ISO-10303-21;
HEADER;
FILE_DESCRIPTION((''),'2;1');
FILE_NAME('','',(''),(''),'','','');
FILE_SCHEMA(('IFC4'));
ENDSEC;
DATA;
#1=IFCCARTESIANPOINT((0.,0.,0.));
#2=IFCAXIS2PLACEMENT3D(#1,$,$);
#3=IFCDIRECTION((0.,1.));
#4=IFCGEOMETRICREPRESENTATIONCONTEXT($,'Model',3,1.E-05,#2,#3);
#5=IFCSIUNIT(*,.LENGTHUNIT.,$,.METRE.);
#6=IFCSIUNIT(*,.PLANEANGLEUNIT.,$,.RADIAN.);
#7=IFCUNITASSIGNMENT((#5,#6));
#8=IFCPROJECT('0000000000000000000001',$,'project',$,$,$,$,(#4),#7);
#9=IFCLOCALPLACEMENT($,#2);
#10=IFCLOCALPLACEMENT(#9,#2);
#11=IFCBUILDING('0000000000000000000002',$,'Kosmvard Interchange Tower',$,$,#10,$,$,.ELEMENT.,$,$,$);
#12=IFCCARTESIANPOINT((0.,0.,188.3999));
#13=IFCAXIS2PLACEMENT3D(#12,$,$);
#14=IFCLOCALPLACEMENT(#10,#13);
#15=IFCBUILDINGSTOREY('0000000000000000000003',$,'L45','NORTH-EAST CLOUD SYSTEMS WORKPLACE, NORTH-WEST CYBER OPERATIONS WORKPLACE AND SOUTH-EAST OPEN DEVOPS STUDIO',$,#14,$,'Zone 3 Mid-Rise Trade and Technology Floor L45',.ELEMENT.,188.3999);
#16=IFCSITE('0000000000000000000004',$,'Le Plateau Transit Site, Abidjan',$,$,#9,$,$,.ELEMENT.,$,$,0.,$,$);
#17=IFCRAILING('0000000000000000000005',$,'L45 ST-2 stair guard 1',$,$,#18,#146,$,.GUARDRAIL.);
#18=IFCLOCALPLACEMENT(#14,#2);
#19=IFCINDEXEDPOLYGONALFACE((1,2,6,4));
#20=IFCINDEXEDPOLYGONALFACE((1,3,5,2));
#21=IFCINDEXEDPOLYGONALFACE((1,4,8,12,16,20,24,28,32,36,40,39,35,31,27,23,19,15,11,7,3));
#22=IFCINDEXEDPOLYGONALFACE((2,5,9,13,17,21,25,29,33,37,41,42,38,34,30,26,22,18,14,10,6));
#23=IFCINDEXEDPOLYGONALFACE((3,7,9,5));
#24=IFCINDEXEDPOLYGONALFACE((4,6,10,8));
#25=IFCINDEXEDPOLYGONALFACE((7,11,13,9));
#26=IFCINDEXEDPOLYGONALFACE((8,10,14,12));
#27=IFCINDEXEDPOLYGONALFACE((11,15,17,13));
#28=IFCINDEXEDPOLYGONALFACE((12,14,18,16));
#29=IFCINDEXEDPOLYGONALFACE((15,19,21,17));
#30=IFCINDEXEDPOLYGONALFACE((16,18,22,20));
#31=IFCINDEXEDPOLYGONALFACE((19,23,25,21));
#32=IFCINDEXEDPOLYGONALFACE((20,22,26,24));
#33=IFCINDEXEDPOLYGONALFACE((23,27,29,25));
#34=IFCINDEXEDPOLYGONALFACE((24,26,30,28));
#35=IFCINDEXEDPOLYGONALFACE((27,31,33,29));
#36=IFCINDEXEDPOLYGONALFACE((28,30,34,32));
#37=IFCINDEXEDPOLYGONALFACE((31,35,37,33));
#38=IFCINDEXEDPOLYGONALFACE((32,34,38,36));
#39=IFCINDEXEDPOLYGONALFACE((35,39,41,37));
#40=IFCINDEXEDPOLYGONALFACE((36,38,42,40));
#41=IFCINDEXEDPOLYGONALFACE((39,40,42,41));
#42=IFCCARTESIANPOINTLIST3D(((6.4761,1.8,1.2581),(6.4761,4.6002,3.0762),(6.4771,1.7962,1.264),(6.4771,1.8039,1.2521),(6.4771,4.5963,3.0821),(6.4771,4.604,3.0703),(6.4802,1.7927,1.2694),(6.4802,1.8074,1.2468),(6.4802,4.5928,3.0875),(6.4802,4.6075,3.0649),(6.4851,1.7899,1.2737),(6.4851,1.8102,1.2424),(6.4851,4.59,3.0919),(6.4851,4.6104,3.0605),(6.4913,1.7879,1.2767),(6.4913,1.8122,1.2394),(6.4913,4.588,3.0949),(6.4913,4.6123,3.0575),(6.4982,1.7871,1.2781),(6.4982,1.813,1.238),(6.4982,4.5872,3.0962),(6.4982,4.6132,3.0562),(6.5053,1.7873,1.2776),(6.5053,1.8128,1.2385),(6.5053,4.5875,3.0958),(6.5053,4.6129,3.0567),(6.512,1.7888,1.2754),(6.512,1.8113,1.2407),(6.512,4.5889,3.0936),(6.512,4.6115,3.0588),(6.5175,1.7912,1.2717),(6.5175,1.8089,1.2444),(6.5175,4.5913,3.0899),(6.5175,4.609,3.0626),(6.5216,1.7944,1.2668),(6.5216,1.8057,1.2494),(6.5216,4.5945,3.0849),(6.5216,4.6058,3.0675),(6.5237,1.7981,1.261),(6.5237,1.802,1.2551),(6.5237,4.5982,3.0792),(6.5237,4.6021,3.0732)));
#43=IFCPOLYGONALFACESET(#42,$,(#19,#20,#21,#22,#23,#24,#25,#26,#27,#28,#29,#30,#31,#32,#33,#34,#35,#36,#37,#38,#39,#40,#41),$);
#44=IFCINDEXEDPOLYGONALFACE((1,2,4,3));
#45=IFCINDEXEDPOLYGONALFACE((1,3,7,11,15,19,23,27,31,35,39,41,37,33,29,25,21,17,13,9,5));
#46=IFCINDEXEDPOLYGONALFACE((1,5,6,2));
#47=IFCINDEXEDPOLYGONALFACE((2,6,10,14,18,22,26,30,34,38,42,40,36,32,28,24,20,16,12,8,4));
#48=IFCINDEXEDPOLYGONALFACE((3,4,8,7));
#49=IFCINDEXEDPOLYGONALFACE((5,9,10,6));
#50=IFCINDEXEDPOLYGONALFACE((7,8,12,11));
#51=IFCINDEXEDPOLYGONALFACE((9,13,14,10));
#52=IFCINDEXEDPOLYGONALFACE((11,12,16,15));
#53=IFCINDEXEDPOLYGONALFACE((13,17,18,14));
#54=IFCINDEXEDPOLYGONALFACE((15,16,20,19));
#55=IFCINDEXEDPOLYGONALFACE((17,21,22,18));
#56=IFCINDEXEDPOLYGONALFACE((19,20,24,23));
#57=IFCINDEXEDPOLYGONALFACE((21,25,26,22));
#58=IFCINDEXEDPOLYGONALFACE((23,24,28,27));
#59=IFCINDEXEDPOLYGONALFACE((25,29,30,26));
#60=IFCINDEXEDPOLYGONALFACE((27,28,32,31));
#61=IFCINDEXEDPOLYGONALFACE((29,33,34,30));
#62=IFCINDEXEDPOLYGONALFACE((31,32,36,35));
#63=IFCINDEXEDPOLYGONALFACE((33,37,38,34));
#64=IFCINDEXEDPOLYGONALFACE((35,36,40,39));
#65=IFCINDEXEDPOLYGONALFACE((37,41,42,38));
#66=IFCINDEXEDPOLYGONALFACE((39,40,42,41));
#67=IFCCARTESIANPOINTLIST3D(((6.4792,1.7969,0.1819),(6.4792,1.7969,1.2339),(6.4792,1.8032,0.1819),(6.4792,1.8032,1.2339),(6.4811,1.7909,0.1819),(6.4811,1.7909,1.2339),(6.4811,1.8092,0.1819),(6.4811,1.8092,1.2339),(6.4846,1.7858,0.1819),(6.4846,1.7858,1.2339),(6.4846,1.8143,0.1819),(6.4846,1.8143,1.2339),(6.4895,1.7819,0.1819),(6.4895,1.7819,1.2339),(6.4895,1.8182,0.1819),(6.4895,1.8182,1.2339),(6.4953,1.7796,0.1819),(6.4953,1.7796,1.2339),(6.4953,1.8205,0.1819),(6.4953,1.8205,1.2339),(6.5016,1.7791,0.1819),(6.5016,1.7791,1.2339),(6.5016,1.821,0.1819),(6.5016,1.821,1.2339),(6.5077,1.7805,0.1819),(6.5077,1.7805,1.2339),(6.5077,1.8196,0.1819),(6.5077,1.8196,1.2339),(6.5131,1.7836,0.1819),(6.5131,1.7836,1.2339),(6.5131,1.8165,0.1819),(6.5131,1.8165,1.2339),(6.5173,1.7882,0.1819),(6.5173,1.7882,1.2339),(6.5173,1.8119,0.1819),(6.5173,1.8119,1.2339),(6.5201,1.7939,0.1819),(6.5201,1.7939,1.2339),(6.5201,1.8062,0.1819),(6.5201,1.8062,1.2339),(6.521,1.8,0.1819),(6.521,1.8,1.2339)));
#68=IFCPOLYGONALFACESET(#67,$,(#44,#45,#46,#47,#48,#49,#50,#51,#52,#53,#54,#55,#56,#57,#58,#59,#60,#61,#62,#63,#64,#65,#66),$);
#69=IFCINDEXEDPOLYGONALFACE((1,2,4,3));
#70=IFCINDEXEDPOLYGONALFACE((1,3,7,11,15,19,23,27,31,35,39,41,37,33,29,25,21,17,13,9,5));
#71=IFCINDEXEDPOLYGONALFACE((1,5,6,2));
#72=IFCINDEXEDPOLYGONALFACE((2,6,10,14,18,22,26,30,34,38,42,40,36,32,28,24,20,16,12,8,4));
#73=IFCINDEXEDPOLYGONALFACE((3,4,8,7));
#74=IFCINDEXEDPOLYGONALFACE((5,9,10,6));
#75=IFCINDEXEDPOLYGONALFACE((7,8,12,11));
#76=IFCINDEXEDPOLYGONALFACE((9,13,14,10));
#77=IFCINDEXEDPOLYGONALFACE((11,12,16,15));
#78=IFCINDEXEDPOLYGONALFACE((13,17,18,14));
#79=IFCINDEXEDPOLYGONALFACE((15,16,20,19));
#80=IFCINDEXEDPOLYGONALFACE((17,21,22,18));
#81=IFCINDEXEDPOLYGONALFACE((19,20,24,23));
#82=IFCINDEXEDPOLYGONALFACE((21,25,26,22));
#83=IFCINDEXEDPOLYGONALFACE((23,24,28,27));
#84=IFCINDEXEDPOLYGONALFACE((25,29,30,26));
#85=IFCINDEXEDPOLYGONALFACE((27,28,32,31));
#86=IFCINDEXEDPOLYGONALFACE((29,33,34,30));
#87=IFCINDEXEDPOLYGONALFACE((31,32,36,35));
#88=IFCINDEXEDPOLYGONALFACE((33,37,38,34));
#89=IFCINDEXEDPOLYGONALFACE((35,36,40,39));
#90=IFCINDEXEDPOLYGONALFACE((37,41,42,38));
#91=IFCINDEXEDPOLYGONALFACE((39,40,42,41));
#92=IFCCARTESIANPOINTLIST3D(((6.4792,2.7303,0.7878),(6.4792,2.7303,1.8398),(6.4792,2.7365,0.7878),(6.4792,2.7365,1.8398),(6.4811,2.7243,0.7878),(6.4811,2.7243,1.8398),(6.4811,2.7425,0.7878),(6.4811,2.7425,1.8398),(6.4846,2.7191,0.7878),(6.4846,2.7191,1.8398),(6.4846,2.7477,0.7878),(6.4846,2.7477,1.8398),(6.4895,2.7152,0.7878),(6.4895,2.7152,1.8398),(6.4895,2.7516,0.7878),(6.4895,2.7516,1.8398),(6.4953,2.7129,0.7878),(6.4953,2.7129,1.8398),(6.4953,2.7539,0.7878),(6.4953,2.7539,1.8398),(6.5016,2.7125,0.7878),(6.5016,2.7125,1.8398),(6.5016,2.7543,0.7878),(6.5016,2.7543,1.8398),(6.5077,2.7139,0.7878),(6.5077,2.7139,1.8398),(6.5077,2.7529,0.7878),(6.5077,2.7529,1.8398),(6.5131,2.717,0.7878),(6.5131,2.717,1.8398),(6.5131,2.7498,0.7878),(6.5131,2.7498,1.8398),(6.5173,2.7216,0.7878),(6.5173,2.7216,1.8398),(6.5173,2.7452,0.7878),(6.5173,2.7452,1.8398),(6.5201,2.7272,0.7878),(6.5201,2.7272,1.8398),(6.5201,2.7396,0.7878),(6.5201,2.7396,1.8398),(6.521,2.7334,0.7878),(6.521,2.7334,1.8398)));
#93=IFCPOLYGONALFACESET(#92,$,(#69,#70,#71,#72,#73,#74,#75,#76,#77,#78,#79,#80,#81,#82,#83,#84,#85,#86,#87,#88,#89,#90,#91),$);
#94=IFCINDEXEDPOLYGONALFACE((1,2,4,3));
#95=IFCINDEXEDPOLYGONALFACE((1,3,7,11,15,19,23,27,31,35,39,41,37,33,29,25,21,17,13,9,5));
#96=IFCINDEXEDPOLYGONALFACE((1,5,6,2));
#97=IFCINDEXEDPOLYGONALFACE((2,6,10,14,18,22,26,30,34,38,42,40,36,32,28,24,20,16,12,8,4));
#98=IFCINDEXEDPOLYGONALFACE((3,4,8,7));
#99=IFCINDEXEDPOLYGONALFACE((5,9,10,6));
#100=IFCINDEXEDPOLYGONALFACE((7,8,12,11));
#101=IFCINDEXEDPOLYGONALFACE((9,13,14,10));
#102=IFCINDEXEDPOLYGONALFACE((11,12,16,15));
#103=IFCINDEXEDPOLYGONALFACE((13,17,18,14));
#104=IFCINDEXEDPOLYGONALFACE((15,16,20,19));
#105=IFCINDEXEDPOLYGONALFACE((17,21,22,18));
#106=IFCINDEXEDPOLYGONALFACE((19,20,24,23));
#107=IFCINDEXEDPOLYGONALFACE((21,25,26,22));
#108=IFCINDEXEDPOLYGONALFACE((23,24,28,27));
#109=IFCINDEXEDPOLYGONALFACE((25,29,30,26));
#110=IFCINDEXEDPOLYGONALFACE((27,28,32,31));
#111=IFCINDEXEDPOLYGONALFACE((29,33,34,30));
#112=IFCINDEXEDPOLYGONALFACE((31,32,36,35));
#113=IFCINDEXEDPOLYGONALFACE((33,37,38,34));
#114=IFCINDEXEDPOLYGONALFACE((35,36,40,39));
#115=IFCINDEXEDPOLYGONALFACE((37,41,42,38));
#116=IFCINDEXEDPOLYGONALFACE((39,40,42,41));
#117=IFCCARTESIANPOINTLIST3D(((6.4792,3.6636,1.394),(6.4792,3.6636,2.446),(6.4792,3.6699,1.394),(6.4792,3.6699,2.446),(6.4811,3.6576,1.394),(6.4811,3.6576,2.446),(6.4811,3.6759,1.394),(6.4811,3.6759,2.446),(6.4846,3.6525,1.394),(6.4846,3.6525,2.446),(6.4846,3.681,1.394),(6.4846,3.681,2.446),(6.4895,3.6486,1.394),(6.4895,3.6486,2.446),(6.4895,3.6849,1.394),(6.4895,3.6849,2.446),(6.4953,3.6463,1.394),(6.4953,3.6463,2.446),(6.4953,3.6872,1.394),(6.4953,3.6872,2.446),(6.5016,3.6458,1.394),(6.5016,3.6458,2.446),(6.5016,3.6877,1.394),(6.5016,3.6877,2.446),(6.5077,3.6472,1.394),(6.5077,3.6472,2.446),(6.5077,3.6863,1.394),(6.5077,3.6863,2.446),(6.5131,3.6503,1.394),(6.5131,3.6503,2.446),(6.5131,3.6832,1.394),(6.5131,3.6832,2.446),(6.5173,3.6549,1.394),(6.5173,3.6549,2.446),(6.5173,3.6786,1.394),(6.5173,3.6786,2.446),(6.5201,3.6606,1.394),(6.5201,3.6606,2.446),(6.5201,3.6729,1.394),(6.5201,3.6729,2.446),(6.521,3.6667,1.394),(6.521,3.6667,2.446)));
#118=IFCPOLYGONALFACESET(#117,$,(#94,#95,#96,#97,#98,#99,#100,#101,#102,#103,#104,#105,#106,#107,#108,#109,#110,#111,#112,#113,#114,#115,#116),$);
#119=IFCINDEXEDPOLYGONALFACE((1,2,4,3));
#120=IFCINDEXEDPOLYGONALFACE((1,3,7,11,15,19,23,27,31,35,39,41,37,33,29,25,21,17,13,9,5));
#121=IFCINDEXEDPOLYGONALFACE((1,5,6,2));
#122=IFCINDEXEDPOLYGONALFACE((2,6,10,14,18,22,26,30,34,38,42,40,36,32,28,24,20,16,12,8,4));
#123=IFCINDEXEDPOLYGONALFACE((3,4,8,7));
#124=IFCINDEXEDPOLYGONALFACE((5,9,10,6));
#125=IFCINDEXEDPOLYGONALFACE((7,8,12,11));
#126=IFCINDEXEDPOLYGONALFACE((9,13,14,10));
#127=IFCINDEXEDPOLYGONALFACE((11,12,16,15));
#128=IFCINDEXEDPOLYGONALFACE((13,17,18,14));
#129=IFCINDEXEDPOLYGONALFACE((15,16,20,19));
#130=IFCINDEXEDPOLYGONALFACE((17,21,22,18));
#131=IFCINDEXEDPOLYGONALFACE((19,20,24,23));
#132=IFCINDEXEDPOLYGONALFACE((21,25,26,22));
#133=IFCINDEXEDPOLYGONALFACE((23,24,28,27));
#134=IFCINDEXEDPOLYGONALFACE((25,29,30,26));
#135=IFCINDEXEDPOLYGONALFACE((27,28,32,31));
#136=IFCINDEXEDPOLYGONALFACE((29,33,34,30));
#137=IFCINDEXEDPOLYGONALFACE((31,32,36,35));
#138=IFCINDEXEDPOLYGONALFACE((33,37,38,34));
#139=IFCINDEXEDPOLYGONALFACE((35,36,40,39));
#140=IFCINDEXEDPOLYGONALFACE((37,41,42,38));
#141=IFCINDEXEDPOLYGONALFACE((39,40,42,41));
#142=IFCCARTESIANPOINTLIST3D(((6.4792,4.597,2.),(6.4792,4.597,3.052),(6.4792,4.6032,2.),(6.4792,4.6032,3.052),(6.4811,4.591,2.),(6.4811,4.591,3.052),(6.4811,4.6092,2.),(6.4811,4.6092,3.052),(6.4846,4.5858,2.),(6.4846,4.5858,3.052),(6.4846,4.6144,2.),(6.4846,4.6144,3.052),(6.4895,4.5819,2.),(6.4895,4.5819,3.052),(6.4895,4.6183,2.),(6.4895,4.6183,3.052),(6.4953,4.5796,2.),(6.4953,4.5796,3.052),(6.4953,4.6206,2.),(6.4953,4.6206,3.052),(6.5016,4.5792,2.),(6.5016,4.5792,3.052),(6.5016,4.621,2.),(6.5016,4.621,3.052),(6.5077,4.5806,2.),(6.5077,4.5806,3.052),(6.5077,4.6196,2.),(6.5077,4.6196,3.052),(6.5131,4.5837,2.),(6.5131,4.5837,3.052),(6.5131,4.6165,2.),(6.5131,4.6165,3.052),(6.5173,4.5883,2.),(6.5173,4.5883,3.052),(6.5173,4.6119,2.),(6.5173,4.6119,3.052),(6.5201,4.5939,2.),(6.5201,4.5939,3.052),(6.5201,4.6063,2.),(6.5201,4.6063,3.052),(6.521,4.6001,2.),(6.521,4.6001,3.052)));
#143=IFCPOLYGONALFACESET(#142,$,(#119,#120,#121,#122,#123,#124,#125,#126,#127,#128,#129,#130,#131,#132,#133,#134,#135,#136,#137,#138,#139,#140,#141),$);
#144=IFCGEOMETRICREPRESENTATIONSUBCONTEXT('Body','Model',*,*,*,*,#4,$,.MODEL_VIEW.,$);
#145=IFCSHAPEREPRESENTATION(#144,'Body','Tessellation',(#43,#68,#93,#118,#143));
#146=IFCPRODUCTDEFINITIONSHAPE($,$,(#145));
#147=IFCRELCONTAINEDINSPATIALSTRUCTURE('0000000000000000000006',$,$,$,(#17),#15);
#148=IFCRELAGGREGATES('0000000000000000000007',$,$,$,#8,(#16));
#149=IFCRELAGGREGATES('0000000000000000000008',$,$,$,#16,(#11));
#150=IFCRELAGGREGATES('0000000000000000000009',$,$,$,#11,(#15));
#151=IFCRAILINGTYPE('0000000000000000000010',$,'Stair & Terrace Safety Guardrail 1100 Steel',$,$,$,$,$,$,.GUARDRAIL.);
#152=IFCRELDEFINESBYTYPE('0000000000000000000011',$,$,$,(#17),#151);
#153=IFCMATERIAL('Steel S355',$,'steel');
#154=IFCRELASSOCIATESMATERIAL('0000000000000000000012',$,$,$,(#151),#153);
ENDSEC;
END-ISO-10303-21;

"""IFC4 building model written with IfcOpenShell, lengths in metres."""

from ifc_helpers import new_model, si_unit, direction, frame, origin, origin_2d, place, context, subcontext, project, spatial, circle, extrude, source, transform, mapped, material, type_object, element, save


model = new_model("IFC4")

# Units and contexts
model_context = context("Model", 3, precision=1e-05, world=origin(), true_north=direction((0.0, 1.0)))
body_context = subcontext(model_context, "Body", "Model", "MODEL_VIEW")
ifc_project = project(units=[si_unit("LENGTHUNIT", "METRE"), si_unit("PLANEANGLEUNIT", "RADIAN")], contexts=[model_context])

# Site, building, storey
site_placement = place(None, origin())
site = spatial("IfcSite", under=ifc_project, at=site_placement, Name="Le Plateau Transit Site, Abidjan", CompositionType="ELEMENT", RefElevation=0.0)
building_placement = place(site_placement, origin())
building = spatial("IfcBuilding", under=site, at=building_placement, Name="Kosmvard Interchange Tower", CompositionType="ELEMENT")
storey_placement = place(building_placement, frame((0.0, 0.0, 188.3999)))
storey = spatial("IfcBuildingStorey", under=building, at=storey_placement, Name="L45", Description="NORTH-EAST CLOUD SYSTEMS WORKPLACE, NORTH-WEST CYBER OPERATIONS WORKPLACE AND SOUTH-EAST OPEN DEVOPS STUDIO", LongName="Zone 3 Mid-Rise Trade and Technology Floor L45", CompositionType="ELEMENT", Elevation=188.3999)

# Railing
ifc_material_1 = material(Name="Steel S355", Category="steel")
railing_type_1 = type_object("IfcRailingType", Name="Stair & Terrace Safety Guardrail 1100 Steel", PredefinedType="GUARDRAIL", material=ifc_material_1)
shared_shape_1 = source(origin(), body_context, "Body", "SweptSolid", [
    extrude(circle(Radius=0.0239, at=origin_2d()), frame((0.0, 0.0, 1.0762), z_axis=(0.0, 0.838706, 0.544585), x_axis=(-1.0, 0.0, 0.0)), (0.0, 0.0, 1.0), 3.3386),
    extrude(circle(Radius=0.021, at=origin_2d()), origin(), (0.0, 0.0, 1.0), 1.052),
    extrude(circle(Radius=0.021, at=origin_2d()), frame((0.0, 0.9333, 0.606)), (0.0, 0.0, 1.0), 1.052),
    extrude(circle(Radius=0.021, at=origin_2d()), frame((0.0, 1.8667, 1.2122)), (0.0, 0.0, 1.0), 1.052),
    extrude(circle(Radius=0.021, at=origin_2d()), frame((0.0, 2.8, 1.8181)), (0.0, 0.0, 1.0), 1.052),
])
railing_1_placement = place(storey_placement, frame((6.5, 1.8, 0.1819)))
element("IfcRailing", 1, at=railing_1_placement, inside=storey, type_object=railing_type_1, Name="L45 ST-2 stair guard 1", PredefinedType="GUARDRAIL", context=body_context, shape_type="MappedRepresentation", body=[
    mapped(shared_shape_1, transform((0.0, 0.0, 0.0), scale=1.0)),
])

save(model, "model.ifc")
